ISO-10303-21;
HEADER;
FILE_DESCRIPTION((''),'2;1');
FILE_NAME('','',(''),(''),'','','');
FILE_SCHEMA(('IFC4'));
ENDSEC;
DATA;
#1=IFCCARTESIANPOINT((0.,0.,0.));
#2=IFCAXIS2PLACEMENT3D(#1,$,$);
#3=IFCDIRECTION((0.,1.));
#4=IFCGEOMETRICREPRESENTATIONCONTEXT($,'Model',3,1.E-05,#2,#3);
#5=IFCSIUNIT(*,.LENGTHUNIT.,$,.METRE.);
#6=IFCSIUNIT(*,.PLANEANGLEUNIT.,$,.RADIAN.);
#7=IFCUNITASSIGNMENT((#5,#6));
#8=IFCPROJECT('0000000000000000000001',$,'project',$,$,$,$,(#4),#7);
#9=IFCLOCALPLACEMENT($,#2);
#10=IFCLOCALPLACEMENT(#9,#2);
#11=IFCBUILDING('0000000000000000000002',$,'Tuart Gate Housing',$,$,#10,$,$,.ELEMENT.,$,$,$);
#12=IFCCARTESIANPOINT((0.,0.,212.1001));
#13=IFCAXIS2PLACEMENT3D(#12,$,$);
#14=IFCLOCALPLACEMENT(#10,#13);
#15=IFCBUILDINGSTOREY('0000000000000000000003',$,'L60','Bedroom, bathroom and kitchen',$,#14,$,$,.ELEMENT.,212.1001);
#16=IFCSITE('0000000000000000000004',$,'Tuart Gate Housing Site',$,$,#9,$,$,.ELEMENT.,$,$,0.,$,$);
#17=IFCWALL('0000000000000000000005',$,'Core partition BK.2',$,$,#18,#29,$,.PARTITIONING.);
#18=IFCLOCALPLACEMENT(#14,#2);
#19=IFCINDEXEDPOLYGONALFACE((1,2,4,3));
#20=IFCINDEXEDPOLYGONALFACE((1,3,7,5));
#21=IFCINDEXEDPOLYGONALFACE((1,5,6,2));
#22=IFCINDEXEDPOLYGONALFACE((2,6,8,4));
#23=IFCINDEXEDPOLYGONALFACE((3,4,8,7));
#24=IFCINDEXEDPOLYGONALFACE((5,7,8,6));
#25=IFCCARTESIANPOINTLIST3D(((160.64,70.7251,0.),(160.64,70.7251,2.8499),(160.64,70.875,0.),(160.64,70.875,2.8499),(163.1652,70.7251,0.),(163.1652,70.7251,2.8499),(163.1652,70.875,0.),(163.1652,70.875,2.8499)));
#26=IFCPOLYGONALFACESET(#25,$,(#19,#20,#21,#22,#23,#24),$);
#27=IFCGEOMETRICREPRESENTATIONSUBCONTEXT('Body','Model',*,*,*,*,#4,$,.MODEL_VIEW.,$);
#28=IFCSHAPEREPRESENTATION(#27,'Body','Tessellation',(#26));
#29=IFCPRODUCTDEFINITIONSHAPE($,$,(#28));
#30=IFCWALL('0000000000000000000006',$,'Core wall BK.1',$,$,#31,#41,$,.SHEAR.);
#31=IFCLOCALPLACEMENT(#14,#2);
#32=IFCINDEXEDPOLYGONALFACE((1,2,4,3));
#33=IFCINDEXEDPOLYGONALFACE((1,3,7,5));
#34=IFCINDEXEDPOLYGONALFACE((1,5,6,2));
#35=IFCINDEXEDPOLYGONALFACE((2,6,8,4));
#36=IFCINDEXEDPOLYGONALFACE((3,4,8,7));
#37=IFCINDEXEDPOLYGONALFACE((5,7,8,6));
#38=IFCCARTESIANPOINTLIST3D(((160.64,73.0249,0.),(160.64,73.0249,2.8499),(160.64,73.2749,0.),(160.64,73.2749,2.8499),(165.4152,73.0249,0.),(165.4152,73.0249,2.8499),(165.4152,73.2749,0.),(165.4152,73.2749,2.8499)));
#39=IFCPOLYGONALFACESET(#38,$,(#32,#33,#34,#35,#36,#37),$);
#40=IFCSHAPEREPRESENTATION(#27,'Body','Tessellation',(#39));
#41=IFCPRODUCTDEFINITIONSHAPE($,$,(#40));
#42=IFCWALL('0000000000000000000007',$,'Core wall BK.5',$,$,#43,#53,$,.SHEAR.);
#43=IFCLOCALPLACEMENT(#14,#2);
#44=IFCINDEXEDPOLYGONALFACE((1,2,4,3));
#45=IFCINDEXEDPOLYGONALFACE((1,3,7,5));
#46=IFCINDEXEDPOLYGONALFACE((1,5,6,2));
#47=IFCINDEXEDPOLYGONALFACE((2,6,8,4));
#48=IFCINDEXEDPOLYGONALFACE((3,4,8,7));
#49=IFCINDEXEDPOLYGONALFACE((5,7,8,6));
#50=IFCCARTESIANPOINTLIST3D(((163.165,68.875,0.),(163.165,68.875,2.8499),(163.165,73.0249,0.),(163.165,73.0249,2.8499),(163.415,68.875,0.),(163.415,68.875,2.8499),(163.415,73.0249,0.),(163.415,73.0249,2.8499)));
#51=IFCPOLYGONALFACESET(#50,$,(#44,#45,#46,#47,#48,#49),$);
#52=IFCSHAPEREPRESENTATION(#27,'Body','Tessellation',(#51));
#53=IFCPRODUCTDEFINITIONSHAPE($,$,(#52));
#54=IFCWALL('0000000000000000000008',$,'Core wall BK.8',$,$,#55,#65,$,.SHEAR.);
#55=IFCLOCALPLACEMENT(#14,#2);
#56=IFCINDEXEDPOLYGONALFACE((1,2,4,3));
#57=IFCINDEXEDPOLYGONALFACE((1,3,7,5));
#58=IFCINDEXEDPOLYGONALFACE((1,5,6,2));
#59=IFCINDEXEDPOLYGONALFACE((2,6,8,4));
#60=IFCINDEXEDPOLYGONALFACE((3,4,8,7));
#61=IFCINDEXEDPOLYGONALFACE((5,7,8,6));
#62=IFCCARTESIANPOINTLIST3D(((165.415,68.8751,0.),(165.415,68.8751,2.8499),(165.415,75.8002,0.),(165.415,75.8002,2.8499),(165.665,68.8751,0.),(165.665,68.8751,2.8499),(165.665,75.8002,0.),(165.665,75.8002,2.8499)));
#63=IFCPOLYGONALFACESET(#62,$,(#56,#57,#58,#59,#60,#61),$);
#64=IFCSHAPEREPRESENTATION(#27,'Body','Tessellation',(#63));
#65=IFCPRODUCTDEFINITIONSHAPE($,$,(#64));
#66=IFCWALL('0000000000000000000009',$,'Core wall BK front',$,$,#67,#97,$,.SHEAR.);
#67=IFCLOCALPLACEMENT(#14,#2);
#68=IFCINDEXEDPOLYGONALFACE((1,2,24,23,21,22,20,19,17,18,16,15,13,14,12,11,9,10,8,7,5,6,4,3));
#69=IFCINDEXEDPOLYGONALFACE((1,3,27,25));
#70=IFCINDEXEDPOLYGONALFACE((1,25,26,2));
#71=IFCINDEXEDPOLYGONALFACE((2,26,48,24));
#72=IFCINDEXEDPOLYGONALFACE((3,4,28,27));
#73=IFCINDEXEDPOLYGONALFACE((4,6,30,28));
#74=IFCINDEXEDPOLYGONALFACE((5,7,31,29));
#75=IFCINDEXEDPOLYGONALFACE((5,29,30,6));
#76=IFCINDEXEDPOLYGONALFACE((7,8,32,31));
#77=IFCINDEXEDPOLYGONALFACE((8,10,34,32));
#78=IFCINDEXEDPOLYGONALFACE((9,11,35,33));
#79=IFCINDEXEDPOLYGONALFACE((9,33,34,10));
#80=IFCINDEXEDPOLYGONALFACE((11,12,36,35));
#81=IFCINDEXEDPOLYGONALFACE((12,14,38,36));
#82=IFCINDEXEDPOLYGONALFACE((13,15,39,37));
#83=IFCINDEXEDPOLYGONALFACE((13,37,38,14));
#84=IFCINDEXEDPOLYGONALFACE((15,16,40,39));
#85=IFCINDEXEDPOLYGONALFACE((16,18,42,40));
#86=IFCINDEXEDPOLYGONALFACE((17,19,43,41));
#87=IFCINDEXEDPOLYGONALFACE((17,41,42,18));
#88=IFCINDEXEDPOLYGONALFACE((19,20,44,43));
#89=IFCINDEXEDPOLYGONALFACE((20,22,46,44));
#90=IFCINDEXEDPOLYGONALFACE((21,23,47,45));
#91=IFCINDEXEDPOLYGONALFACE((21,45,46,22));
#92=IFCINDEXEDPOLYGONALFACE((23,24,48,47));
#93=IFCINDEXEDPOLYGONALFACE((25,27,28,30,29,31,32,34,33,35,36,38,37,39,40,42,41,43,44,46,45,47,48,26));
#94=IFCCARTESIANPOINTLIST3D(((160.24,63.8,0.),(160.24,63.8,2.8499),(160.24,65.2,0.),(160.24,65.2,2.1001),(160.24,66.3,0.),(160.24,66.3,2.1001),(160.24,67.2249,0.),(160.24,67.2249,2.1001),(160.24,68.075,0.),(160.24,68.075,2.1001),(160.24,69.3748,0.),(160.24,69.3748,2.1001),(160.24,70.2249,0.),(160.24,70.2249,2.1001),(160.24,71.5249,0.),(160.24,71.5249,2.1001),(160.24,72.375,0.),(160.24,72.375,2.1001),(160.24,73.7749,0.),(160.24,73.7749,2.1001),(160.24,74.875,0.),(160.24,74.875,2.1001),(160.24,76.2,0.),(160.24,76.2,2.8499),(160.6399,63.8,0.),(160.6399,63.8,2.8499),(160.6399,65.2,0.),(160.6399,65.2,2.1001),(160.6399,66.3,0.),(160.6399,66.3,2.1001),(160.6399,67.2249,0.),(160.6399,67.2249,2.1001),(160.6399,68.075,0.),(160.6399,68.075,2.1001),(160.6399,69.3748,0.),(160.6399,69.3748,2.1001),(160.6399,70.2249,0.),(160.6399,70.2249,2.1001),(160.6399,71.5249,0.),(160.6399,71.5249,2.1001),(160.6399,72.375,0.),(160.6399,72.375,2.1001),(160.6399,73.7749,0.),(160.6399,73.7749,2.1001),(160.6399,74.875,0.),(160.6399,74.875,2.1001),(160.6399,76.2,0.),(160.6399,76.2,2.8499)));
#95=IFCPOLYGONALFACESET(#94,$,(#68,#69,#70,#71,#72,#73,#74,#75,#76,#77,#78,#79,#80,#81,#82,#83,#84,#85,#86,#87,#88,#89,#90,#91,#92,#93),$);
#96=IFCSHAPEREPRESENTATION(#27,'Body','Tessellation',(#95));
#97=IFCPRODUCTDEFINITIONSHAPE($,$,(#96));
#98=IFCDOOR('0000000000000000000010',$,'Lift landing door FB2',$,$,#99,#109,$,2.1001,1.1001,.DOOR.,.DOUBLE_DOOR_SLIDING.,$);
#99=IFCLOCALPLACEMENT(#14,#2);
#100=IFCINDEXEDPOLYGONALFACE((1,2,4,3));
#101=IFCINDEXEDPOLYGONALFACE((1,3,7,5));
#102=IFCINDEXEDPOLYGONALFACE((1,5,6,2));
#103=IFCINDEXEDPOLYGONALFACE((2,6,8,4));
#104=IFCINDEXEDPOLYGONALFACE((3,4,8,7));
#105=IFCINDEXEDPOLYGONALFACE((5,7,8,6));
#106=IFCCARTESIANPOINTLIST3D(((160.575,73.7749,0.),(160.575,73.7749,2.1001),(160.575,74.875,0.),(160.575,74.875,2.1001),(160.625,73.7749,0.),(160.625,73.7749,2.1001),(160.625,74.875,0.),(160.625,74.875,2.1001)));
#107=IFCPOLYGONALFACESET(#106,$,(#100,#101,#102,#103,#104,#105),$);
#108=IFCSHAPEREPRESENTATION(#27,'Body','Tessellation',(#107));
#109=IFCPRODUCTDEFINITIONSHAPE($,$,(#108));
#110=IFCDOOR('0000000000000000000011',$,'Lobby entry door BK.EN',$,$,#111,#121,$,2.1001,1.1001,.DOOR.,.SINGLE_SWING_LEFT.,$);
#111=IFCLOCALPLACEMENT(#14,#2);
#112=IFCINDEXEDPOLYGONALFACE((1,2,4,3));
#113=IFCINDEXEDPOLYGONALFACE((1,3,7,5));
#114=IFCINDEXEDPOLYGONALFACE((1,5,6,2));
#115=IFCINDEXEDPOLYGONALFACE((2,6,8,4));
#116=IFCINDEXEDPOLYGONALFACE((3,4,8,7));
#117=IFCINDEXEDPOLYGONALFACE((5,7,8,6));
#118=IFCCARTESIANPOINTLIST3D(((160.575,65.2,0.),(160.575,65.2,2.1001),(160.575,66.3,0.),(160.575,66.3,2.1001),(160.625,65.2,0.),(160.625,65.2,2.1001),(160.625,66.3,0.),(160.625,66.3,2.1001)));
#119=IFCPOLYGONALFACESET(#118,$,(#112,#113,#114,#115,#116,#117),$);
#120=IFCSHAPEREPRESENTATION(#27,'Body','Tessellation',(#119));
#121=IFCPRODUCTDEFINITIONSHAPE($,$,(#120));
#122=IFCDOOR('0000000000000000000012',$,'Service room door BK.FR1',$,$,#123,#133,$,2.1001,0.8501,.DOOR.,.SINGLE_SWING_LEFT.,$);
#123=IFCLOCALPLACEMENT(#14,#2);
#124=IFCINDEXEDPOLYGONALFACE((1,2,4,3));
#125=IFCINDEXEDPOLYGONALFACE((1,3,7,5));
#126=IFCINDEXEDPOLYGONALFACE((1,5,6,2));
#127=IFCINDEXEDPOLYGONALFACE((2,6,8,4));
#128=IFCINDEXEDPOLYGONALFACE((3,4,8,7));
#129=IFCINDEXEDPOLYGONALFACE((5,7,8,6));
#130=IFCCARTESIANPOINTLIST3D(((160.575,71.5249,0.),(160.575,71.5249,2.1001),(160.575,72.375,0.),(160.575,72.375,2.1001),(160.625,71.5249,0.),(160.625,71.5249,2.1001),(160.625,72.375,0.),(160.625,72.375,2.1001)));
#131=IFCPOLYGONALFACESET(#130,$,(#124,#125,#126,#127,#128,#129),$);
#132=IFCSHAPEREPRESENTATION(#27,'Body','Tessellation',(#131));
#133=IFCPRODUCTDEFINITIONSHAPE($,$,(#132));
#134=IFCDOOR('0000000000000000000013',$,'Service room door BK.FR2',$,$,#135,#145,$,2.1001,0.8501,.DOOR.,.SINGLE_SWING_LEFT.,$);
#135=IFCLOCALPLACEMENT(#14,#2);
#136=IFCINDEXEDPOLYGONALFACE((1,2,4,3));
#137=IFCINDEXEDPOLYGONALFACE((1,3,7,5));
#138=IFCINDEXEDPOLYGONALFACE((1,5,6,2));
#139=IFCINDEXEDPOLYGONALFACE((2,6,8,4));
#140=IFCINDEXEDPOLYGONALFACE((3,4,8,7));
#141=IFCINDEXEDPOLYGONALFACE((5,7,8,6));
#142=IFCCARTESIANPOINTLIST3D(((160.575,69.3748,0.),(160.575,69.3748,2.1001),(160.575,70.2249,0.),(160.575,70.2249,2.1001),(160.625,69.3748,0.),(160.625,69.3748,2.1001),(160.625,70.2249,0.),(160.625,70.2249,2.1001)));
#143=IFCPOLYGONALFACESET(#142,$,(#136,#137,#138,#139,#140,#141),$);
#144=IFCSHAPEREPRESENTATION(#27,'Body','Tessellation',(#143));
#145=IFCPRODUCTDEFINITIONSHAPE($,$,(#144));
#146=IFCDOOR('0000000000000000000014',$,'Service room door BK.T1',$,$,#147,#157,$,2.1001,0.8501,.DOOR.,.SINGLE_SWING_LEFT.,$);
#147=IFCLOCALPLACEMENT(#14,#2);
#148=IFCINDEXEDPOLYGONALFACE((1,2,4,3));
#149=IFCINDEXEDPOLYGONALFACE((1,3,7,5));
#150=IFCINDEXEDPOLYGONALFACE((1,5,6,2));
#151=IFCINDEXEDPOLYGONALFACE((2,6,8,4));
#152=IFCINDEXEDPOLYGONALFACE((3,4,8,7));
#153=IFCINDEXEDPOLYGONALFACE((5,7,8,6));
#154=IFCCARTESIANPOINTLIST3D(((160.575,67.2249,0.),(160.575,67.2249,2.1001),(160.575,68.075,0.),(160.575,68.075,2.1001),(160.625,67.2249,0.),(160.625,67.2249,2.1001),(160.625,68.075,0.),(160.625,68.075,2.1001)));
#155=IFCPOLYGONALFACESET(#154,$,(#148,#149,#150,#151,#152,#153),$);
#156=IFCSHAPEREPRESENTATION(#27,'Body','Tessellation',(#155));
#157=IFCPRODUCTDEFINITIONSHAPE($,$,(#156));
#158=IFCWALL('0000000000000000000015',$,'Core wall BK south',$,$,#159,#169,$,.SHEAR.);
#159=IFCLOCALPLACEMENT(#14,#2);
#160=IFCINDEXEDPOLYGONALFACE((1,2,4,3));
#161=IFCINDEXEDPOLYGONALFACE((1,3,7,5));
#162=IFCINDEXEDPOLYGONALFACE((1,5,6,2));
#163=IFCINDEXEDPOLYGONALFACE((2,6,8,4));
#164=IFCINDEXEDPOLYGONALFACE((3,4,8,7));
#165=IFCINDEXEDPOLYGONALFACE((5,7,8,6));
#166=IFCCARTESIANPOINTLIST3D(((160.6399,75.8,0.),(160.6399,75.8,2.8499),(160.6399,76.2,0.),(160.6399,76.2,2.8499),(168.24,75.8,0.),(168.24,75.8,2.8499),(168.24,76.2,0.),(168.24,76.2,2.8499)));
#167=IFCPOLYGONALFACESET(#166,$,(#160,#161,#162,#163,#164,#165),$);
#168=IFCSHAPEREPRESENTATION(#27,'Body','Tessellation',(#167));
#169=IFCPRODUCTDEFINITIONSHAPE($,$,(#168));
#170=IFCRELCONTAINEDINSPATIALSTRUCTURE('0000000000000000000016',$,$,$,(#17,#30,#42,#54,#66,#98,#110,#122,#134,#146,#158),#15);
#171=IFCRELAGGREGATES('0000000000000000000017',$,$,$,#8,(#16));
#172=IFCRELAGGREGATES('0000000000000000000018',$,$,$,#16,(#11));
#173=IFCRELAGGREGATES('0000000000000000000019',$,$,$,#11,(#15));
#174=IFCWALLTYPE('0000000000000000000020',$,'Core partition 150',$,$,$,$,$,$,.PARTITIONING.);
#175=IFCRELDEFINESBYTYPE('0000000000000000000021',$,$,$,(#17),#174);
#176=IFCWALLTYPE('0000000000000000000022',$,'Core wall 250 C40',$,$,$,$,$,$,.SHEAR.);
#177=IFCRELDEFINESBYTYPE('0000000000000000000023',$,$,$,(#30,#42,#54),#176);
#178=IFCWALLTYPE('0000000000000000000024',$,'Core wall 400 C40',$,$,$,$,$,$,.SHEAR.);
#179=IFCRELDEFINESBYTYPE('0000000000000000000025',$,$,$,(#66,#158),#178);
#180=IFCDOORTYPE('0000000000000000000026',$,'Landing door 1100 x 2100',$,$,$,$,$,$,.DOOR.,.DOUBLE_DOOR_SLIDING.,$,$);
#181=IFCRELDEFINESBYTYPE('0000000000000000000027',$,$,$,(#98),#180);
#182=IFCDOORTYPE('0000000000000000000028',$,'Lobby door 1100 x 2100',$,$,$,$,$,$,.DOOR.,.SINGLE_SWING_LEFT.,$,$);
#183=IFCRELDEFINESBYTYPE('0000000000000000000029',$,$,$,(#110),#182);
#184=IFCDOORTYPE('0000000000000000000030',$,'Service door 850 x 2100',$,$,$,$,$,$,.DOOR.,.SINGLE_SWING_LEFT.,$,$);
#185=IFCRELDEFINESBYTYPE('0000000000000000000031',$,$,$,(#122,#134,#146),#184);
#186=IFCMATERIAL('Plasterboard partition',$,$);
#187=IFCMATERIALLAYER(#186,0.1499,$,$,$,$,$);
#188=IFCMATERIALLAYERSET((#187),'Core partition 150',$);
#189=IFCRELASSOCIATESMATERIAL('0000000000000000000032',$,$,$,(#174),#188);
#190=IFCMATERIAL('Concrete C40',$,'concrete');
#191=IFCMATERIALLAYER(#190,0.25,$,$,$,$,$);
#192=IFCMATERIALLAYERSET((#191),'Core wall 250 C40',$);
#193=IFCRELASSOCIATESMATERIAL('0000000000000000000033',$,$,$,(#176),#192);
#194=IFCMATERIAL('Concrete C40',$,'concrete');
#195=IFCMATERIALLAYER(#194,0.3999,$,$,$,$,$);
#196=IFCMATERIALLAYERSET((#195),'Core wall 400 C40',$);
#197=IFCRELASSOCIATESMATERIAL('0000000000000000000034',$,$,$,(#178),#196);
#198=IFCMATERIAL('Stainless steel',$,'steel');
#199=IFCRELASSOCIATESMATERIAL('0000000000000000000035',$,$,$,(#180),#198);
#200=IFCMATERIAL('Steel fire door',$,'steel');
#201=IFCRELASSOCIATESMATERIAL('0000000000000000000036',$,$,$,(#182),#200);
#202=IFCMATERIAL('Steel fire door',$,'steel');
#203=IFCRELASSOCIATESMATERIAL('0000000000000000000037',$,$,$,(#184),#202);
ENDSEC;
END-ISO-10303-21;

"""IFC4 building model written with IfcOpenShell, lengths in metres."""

from ifc_helpers import new_model, si_unit, direction, frame, frame_2d, origin, place, context, subcontext, project, spatial, rectangle, extrude, material, layer, layer_set, type_object, element, fill, save


model = new_model("IFC4")

# Units and contexts
model_context = context("Model", 3, precision=1e-05, world=origin(), true_north=direction((0.0, 1.0)))
body_context = subcontext(model_context, "Body", "Model", "MODEL_VIEW")
ifc_project = project(units=[si_unit("LENGTHUNIT", "METRE"), si_unit("PLANEANGLEUNIT", "RADIAN")], contexts=[model_context])

# Site, building, storey
site_placement = place(None, origin())
site = spatial("IfcSite", under=ifc_project, at=site_placement, Name="Tuart Gate Housing Site", CompositionType="ELEMENT", RefElevation=0.0)
building_placement = place(site_placement, origin())
building = spatial("IfcBuilding", under=site, at=building_placement, Name="Tuart Gate Housing", CompositionType="ELEMENT")
storey_placement = place(building_placement, frame((0.0, 0.0, 212.1001)))
storey = spatial("IfcBuildingStorey", under=building, at=storey_placement, Name="L60", Description="Bedroom, bathroom and kitchen", CompositionType="ELEMENT", Elevation=212.1001)

# Walls
ifc_material_1 = material(Name="Plasterboard partition")
ifc_layer_1 = layer(ifc_material_1, 0.1499)
ifc_layer_set_1 = layer_set([ifc_layer_1], Name="Core partition 150")
wall_type_1 = type_object("IfcWallType", Name="Core partition 150", PredefinedType="PARTITIONING", material=ifc_layer_set_1)
wall_1_placement = place(storey_placement, frame((160.6399, 70.8, 0.0), z_axis=(0.0, 0.0, 1.0), x_axis=(1.0, 0.0, 0.0)))
element("IfcWall", 1, at=wall_1_placement, inside=storey, type_object=wall_type_1, Name="Core partition BK.2", PredefinedType="PARTITIONING", context=body_context, shape_type="SweptSolid", body=[
    extrude(rectangle(XDim=2.5251, YDim=0.1499, at=frame_2d((1.2627, 0.0))), origin(), (0.0, 0.0, 1.0), 2.8499),
])
ifc_material_2 = material(Name="Concrete C40", Category="concrete")
ifc_layer_2 = layer(ifc_material_2, 0.25)
ifc_layer_set_2 = layer_set([ifc_layer_2], Name="Core wall 250 C40")
wall_type_2 = type_object("IfcWallType", Name="Core wall 250 C40", PredefinedType="SHEAR", material=ifc_layer_set_2)
wall_2_placement = place(storey_placement, frame((160.6399, 73.1499, 0.0), z_axis=(0.0, 0.0, 1.0), x_axis=(1.0, 0.0, 0.0)))
element("IfcWall", 2, at=wall_2_placement, inside=storey, type_object=wall_type_2, Name="Core wall BK.1", PredefinedType="SHEAR", context=body_context, shape_type="SweptSolid", body=[
    extrude(rectangle(XDim=4.7751, YDim=0.25, at=frame_2d((2.3877, 0.0))), origin(), (0.0, 0.0, 1.0), 2.8499),
])
wall_3_placement = place(storey_placement, frame((163.29, 73.0249, 0.0), z_axis=(0.0, 0.0, 1.0), x_axis=(0.0, -1.0, 0.0)))
element("IfcWall", 3, at=wall_3_placement, inside=storey, type_object=wall_type_2, Name="Core wall BK.5", PredefinedType="SHEAR", context=body_context, shape_type="SweptSolid", body=[
    extrude(rectangle(XDim=4.1499, YDim=0.25, at=frame_2d((2.075, 0.0))), origin(), (0.0, 0.0, 1.0), 2.8499),
])
wall_4_placement = place(storey_placement, frame((165.54, 75.8, 0.0), z_axis=(0.0, 0.0, 1.0), x_axis=(0.0, -1.0, 0.0)))
element("IfcWall", 4, at=wall_4_placement, inside=storey, type_object=wall_type_2, Name="Core wall BK.8", PredefinedType="SHEAR", context=body_context, shape_type="SweptSolid", body=[
    extrude(rectangle(XDim=6.925, YDim=0.25, at=frame_2d((3.4624, 0.0))), origin(), (0.0, 0.0, 1.0), 2.8499),
])

# Wall, openings, doors
ifc_material_3 = material(Name="Concrete C40", Category="concrete")
ifc_layer_3 = layer(ifc_material_3, 0.3999)
ifc_layer_set_3 = layer_set([ifc_layer_3], Name="Core wall 400 C40")
wall_type_3 = type_object("IfcWallType", Name="Core wall 400 C40", PredefinedType="SHEAR", material=ifc_layer_set_3)
wall_5_placement = place(storey_placement, frame((160.4399, 76.2, 0.0), z_axis=(0.0, 0.0, 1.0), x_axis=(0.0, -1.0, 0.0)))
wall_5 = element("IfcWall", 5, at=wall_5_placement, inside=storey, type_object=wall_type_3, Name="Core wall BK front", PredefinedType="SHEAR", context=body_context, shape_type="SweptSolid", body=[
    extrude(rectangle(XDim=12.3999, YDim=0.3999, at=frame_2d((6.2, 0.0))), origin(), (0.0, 0.0, 1.0), 2.8499),
])
opening_1_placement = place(wall_5_placement, frame((1.325, 0.0, 0.0)))
opening_1 = element("IfcOpeningElement", 6, at=opening_1_placement, cuts=wall_5, PredefinedType="OPENING", context=body_context, shape_type="SweptSolid", body=[
    extrude(rectangle(XDim=1.1001, YDim=2.1001, at=frame_2d((0.55, 1.05))), frame((0.0, 0.21, 0.0), z_axis=(0.0, -1.0, 0.0), x_axis=(1.0, 0.0, 0.0)), (0.0, 0.0, 1.0), 0.4199),
])
opening_2_placement = place(wall_5_placement, frame((3.825, 0.0, 0.0)))
opening_2 = element("IfcOpeningElement", 7, at=opening_2_placement, cuts=wall_5, PredefinedType="OPENING", context=body_context, shape_type="SweptSolid", body=[
    extrude(rectangle(XDim=0.8501, YDim=2.1001, at=frame_2d((0.425, 1.05))), frame((0.0, 0.21, 0.0), z_axis=(0.0, -1.0, 0.0), x_axis=(1.0, 0.0, 0.0)), (0.0, 0.0, 1.0), 0.4199),
])
opening_3_placement = place(wall_5_placement, frame((5.9751, 0.0, 0.0)))
opening_3 = element("IfcOpeningElement", 8, at=opening_3_placement, cuts=wall_5, PredefinedType="OPENING", context=body_context, shape_type="SweptSolid", body=[
    extrude(rectangle(XDim=0.8501, YDim=2.1001, at=frame_2d((0.425, 1.05))), frame((0.0, 0.21, 0.0), z_axis=(0.0, -1.0, 0.0), x_axis=(1.0, 0.0, 0.0)), (0.0, 0.0, 1.0), 0.4199),
])
opening_4_placement = place(wall_5_placement, frame((9.8999, 0.0, 0.0)))
opening_4 = element("IfcOpeningElement", 9, at=opening_4_placement, cuts=wall_5, PredefinedType="OPENING", context=body_context, shape_type="SweptSolid", body=[
    extrude(rectangle(XDim=1.1001, YDim=2.1001, at=frame_2d((0.55, 1.05))), frame((0.0, 0.21, 0.0), z_axis=(0.0, -1.0, 0.0), x_axis=(1.0, 0.0, 0.0)), (0.0, 0.0, 1.0), 0.4199),
])
opening_5_placement = place(wall_5_placement, frame((8.125, 0.0, 0.0)))
opening_5 = element("IfcOpeningElement", 10, at=opening_5_placement, cuts=wall_5, PredefinedType="OPENING", context=body_context, shape_type="SweptSolid", body=[
    extrude(rectangle(XDim=0.8501, YDim=2.1001, at=frame_2d((0.425, 1.05))), frame((0.0, 0.21, 0.0), z_axis=(0.0, -1.0, 0.0), x_axis=(1.0, 0.0, 0.0)), (0.0, 0.0, 1.0), 0.4199),
])
ifc_material_4 = material(Name="Stainless steel", Category="steel")
door_type_1 = type_object("IfcDoorType", Name="Landing door 1100 x 2100", OperationType="DOUBLE_DOOR_SLIDING", PredefinedType="DOOR", material=ifc_material_4)
door_1_placement = place(opening_1_placement, origin())
door_1 = element("IfcDoor", 11, at=door_1_placement, inside=storey, type_object=door_type_1, Name="Lift landing door FB2", OperationType="DOUBLE_DOOR_SLIDING", OverallHeight=2.1001, OverallWidth=1.1001, PredefinedType="DOOR", context=body_context, shape_type="SweptSolid", body=[
    extrude(rectangle(XDim=1.1001, YDim=2.1001, at=frame_2d((0.55, 1.05))), frame((0.0, 0.1851, 0.0), z_axis=(0.0, -1.0, 0.0), x_axis=(1.0, 0.0, 0.0)), (0.0, 0.0, 1.0), 0.05),
])
fill(opening_1, door_1)
ifc_material_5 = material(Name="Steel fire door", Category="steel")
door_type_2 = type_object("IfcDoorType", Name="Lobby door 1100 x 2100", OperationType="SINGLE_SWING_LEFT", PredefinedType="DOOR", material=ifc_material_5)
door_2_placement = place(opening_4_placement, origin())
door_2 = element("IfcDoor", 12, at=door_2_placement, inside=storey, type_object=door_type_2, Name="Lobby entry door BK.EN", OperationType="SINGLE_SWING_LEFT", OverallHeight=2.1001, OverallWidth=1.1001, PredefinedType="DOOR", context=body_context, shape_type="SweptSolid", body=[
    extrude(rectangle(XDim=1.1001, YDim=2.1001, at=frame_2d((0.55, 1.05))), frame((0.0, 0.1851, 0.0), z_axis=(0.0, -1.0, 0.0), x_axis=(1.0, 0.0, 0.0)), (0.0, 0.0, 1.0), 0.05),
])
fill(opening_4, door_2)
ifc_material_6 = material(Name="Steel fire door", Category="steel")
door_type_3 = type_object("IfcDoorType", Name="Service door 850 x 2100", OperationType="SINGLE_SWING_LEFT", PredefinedType="DOOR", material=ifc_material_6)
door_3_placement = place(opening_2_placement, origin())
door_3 = element("IfcDoor", 13, at=door_3_placement, inside=storey, type_object=door_type_3, Name="Service room door BK.FR1", OperationType="SINGLE_SWING_LEFT", OverallHeight=2.1001, OverallWidth=0.8501, PredefinedType="DOOR", context=body_context, shape_type="SweptSolid", body=[
    extrude(rectangle(XDim=0.8501, YDim=2.1001, at=frame_2d((0.425, 1.05))), frame((0.0, 0.1851, 0.0), z_axis=(0.0, -1.0, 0.0), x_axis=(1.0, 0.0, 0.0)), (0.0, 0.0, 1.0), 0.05),
])
fill(opening_2, door_3)
door_4_placement = place(opening_3_placement, origin())
door_4 = element("IfcDoor", 14, at=door_4_placement, inside=storey, type_object=door_type_3, Name="Service room door BK.FR2", OperationType="SINGLE_SWING_LEFT", OverallHeight=2.1001, OverallWidth=0.8501, PredefinedType="DOOR", context=body_context, shape_type="SweptSolid", body=[
    extrude(rectangle(XDim=0.8501, YDim=2.1001, at=frame_2d((0.425, 1.05))), frame((0.0, 0.1851, 0.0), z_axis=(0.0, -1.0, 0.0), x_axis=(1.0, 0.0, 0.0)), (0.0, 0.0, 1.0), 0.05),
])
fill(opening_3, door_4)
door_5_placement = place(opening_5_placement, origin())
door_5 = element("IfcDoor", 15, at=door_5_placement, inside=storey, type_object=door_type_3, Name="Service room door BK.T1", OperationType="SINGLE_SWING_LEFT", OverallHeight=2.1001, OverallWidth=0.8501, PredefinedType="DOOR", context=body_context, shape_type="SweptSolid", body=[
    extrude(rectangle(XDim=0.8501, YDim=2.1001, at=frame_2d((0.425, 1.05))), frame((0.0, 0.1851, 0.0), z_axis=(0.0, -1.0, 0.0), x_axis=(1.0, 0.0, 0.0)), (0.0, 0.0, 1.0), 0.05),
])
fill(opening_5, door_5)

# Wall
wall_6_placement = place(storey_placement, frame((160.6399, 76.0, 0.0), z_axis=(0.0, 0.0, 1.0), x_axis=(1.0, 0.0, 0.0)))
element("IfcWall", 16, at=wall_6_placement, inside=storey, type_object=wall_type_3, Name="Core wall BK south", PredefinedType="SHEAR", context=body_context, shape_type="SweptSolid", body=[
    extrude(rectangle(XDim=7.6001, YDim=0.3999, at=frame_2d((3.8, 0.0))), origin(), (0.0, 0.0, 1.0), 2.8499),
])

save(model, "model.ifc")
